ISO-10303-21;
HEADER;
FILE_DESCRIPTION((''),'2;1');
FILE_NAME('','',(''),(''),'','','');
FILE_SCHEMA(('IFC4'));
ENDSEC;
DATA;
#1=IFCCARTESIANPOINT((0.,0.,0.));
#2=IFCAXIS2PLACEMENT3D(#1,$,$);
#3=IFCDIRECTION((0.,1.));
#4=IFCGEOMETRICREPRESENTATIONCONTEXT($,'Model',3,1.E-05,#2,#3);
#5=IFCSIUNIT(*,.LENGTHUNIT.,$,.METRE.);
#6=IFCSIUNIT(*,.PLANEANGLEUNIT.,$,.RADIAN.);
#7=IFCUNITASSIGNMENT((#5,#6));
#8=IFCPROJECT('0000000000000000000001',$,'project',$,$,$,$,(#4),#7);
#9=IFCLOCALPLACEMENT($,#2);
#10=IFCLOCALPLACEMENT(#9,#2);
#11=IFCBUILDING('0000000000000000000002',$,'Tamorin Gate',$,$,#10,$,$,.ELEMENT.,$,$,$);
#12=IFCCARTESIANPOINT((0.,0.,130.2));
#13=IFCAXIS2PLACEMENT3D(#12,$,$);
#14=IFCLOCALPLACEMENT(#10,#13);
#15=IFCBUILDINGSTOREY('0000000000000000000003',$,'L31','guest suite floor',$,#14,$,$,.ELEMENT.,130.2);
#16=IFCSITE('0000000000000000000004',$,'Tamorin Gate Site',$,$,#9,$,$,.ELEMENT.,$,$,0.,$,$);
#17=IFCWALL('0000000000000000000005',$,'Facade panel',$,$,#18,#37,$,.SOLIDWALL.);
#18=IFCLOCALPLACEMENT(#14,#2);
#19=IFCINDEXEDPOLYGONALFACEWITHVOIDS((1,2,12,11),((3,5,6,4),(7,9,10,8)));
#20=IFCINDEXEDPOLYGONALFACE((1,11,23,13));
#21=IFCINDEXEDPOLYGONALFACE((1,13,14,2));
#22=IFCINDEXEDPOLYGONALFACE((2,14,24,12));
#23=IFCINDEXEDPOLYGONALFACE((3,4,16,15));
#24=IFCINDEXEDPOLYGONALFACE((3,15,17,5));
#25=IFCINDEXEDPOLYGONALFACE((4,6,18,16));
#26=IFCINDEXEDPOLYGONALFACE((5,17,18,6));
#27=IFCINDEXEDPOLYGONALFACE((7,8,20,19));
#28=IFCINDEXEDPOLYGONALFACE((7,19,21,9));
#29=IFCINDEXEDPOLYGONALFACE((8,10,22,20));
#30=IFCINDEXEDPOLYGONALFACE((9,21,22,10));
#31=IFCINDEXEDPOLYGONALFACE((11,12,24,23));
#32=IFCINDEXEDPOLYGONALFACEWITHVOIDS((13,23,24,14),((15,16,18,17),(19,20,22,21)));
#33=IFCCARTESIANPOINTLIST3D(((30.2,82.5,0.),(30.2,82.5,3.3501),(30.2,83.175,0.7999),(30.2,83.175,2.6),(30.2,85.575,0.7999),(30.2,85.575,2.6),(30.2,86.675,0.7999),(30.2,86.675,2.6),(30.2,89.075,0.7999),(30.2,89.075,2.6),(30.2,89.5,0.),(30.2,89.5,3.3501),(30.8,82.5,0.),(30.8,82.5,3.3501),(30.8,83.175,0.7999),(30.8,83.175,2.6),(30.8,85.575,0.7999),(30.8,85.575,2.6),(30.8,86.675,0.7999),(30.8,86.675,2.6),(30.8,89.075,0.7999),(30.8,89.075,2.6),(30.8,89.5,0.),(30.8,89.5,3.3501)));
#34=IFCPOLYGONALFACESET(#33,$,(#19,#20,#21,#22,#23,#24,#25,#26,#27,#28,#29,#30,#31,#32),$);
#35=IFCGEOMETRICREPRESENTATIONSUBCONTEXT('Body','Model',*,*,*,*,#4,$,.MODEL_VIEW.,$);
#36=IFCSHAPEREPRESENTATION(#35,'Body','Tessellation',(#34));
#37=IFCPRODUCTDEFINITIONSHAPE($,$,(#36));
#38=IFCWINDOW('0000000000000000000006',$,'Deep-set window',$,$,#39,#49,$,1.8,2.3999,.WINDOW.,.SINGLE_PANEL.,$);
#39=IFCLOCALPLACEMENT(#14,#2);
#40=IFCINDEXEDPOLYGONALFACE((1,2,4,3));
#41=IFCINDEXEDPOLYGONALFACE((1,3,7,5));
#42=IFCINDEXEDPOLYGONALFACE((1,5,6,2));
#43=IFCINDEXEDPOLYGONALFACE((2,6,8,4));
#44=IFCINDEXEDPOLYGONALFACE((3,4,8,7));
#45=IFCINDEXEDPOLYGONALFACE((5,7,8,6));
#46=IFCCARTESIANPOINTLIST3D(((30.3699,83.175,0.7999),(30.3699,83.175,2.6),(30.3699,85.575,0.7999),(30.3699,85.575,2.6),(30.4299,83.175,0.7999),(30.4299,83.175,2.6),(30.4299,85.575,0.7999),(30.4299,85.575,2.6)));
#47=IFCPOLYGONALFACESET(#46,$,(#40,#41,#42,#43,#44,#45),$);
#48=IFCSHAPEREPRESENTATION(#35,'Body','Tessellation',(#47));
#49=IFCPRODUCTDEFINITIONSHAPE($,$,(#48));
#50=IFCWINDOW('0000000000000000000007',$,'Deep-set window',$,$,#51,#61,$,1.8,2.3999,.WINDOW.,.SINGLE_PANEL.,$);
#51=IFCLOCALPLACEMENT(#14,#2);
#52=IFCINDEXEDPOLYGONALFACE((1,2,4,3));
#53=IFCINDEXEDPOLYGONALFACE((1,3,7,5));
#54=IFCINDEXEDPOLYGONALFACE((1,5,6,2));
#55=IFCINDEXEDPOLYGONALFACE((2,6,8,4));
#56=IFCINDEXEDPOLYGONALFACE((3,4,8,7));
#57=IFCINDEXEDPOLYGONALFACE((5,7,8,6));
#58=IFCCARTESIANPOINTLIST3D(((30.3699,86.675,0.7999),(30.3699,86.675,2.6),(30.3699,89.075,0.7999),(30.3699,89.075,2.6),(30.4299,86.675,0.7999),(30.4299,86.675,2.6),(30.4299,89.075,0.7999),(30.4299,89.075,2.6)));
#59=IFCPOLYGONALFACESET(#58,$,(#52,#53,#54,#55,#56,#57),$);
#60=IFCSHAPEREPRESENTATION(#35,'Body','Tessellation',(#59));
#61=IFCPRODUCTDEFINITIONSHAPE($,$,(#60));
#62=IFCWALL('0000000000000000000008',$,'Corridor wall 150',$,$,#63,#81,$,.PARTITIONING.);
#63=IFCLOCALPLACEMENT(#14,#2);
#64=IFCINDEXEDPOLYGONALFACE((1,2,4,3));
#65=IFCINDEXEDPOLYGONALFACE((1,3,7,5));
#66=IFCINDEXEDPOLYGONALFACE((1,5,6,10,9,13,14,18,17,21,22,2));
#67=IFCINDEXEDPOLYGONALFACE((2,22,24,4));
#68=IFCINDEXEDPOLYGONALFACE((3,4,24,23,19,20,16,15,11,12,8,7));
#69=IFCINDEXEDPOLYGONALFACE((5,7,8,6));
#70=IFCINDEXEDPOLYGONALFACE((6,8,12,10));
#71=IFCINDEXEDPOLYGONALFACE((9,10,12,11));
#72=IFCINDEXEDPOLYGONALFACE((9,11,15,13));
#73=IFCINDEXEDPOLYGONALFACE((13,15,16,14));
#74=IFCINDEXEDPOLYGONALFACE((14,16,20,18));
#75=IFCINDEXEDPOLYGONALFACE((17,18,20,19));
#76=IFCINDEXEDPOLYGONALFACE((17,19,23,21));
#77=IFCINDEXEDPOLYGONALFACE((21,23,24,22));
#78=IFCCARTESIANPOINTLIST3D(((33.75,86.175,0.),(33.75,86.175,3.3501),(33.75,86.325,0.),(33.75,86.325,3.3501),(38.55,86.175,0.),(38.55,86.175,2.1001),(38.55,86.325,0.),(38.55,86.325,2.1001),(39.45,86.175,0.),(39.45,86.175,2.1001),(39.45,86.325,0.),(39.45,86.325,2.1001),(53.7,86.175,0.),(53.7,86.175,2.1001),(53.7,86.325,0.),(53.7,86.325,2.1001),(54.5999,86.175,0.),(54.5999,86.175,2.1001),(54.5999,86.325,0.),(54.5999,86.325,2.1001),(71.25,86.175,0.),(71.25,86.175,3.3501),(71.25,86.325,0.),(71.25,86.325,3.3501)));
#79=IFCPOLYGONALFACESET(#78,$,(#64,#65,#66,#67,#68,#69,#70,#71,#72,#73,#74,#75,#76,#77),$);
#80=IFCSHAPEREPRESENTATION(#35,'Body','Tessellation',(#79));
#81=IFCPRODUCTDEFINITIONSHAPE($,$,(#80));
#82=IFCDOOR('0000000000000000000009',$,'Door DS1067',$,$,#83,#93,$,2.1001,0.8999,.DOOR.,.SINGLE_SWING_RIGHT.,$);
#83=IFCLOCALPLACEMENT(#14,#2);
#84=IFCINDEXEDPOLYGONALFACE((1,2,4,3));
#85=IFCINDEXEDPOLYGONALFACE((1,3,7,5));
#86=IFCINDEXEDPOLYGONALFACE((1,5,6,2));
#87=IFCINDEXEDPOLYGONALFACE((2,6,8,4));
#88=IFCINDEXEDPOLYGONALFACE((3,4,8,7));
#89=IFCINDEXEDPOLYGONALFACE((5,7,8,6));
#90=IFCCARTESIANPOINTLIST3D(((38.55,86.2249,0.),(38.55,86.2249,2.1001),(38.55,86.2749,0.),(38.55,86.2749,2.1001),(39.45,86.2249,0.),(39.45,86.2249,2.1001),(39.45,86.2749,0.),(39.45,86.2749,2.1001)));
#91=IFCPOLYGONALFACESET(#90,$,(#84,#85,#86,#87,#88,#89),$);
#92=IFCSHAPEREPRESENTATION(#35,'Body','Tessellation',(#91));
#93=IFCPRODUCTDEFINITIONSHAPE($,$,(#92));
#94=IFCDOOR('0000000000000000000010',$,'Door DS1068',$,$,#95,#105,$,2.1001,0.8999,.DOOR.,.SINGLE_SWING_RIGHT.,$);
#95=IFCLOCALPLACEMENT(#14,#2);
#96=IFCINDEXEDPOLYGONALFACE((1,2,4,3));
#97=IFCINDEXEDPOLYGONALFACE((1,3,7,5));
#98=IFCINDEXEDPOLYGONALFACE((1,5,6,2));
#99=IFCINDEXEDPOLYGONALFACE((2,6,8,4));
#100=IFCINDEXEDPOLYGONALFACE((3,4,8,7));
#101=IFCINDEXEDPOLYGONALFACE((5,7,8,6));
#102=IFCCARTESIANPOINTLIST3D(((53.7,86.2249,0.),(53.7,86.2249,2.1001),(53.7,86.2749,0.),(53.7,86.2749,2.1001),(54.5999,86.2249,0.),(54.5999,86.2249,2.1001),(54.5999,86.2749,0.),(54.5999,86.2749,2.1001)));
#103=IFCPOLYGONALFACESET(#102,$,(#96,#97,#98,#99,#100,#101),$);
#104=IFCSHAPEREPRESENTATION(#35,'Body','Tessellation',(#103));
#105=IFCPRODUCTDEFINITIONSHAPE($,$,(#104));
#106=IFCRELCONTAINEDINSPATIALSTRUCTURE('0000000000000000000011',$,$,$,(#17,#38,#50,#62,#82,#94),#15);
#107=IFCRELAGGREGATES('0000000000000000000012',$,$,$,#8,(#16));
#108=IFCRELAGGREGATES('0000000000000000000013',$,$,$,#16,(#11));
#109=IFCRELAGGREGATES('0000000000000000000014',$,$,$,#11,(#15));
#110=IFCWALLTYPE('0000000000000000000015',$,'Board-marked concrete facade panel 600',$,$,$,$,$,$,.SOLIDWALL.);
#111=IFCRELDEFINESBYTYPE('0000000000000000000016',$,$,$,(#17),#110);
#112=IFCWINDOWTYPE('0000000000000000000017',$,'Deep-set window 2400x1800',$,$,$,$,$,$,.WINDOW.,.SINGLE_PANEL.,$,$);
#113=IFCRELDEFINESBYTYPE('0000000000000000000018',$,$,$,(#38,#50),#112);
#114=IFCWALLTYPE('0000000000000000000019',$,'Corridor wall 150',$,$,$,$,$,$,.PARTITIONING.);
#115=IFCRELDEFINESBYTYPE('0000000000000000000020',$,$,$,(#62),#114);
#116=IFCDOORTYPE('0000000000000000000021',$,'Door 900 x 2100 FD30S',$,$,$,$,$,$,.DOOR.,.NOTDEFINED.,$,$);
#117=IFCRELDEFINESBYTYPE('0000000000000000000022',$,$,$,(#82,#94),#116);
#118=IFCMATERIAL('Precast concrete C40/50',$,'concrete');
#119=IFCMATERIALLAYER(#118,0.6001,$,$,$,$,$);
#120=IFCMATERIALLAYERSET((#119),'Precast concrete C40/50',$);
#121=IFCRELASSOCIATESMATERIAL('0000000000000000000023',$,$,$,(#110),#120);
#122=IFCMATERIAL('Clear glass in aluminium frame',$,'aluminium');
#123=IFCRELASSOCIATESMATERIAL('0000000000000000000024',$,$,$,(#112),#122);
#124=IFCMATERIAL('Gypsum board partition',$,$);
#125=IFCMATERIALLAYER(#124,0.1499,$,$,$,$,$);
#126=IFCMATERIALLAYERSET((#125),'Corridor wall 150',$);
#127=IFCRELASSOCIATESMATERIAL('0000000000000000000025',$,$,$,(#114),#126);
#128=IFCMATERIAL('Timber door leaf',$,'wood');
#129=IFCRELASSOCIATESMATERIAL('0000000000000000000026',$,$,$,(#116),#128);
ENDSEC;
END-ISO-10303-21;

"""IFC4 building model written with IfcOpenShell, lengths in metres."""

from ifc_helpers import new_model, si_unit, direction, frame, frame_2d, origin, place, context, subcontext, project, spatial, rectangle, extrude, material, layer, layer_set, type_object, element, fill, save


model = new_model("IFC4")

# Units and contexts
model_context = context("Model", 3, precision=1e-05, world=origin(), true_north=direction((0.0, 1.0)))
body_context = subcontext(model_context, "Body", "Model", "MODEL_VIEW")
ifc_project = project(units=[si_unit("LENGTHUNIT", "METRE"), si_unit("PLANEANGLEUNIT", "RADIAN")], contexts=[model_context])

# Site, building, storey
site_placement = place(None, origin())
site = spatial("IfcSite", under=ifc_project, at=site_placement, Name="Tamorin Gate Site", CompositionType="ELEMENT", RefElevation=0.0)
building_placement = place(site_placement, origin())
building = spatial("IfcBuilding", under=site, at=building_placement, Name="Tamorin Gate", CompositionType="ELEMENT")
storey_placement = place(building_placement, frame((0.0, 0.0, 130.2)))
storey = spatial("IfcBuildingStorey", under=building, at=storey_placement, Name="L31", Description="guest suite floor", CompositionType="ELEMENT", Elevation=130.2)

# Wall, openings, windows
ifc_material_1 = material(Name="Precast concrete C40/50", Category="concrete")
ifc_layer_1 = layer(ifc_material_1, 0.6001)
ifc_layer_set_1 = layer_set([ifc_layer_1], Name="Precast concrete C40/50")
wall_type_1 = type_object("IfcWallType", Name="Board-marked concrete facade panel 600", PredefinedType="SOLIDWALL", material=ifc_layer_set_1)
wall_1_placement = place(storey_placement, frame((30.5, 89.5, 0.0), z_axis=(0.0, 0.0, 1.0), x_axis=(0.0, -1.0, 0.0)))
wall_1 = element("IfcWall", 1, at=wall_1_placement, inside=storey, type_object=wall_type_1, Name="Facade panel", PredefinedType="SOLIDWALL", context=body_context, shape_type="SweptSolid", body=[
    extrude(rectangle(XDim=7.0, YDim=0.6001, at=frame_2d((3.5, 0.0))), origin(), (0.0, 0.0, 1.0), 3.3501),
])
opening_1_placement = place(wall_1_placement, frame((3.925, 0.0, 0.8)))
opening_1 = element("IfcOpeningElement", 2, at=opening_1_placement, cuts=wall_1, PredefinedType="OPENING", context=body_context, shape_type="SweptSolid", body=[
    extrude(rectangle(XDim=2.3999, YDim=1.8, at=frame_2d((1.2, 0.8999))), frame((0.0, 0.3101, 0.0), z_axis=(0.0, -1.0, 0.0), x_axis=(1.0, 0.0, 0.0)), (0.0, 0.0, 1.0), 0.6201),
])
opening_2_placement = place(wall_1_placement, frame((0.425, 0.0, 0.8)))
opening_2 = element("IfcOpeningElement", 3, at=opening_2_placement, cuts=wall_1, PredefinedType="OPENING", context=body_context, shape_type="SweptSolid", body=[
    extrude(rectangle(XDim=2.3999, YDim=1.8, at=frame_2d((1.2, 0.8999))), frame((0.0, 0.3101, 0.0), z_axis=(0.0, -1.0, 0.0), x_axis=(1.0, 0.0, 0.0)), (0.0, 0.0, 1.0), 0.6201),
])
ifc_material_2 = material(Name="Clear glass in aluminium frame", Category="aluminium")
window_type = type_object("IfcWindowType", Name="Deep-set window 2400x1800", PartitioningType="SINGLE_PANEL", PredefinedType="WINDOW", material=ifc_material_2)
window_1_placement = place(opening_1_placement, origin())
window_1 = element("IfcWindow", 4, at=window_1_placement, inside=storey, type_object=window_type, Name="Deep-set window", OverallHeight=1.8, OverallWidth=2.3999, PartitioningType="SINGLE_PANEL", PredefinedType="WINDOW", context=body_context, shape_type="SweptSolid", body=[
    extrude(rectangle(XDim=2.3999, YDim=1.8, at=frame_2d((1.2, 0.8999))), frame((0.0, -0.0701, 0.0), z_axis=(0.0, -1.0, 0.0), x_axis=(1.0, 0.0, 0.0)), (0.0, 0.0, 1.0), 0.0601),
])
fill(opening_1, window_1)
window_2_placement = place(opening_2_placement, origin())
window_2 = element("IfcWindow", 5, at=window_2_placement, inside=storey, type_object=window_type, Name="Deep-set window", OverallHeight=1.8, OverallWidth=2.3999, PartitioningType="SINGLE_PANEL", PredefinedType="WINDOW", context=body_context, shape_type="SweptSolid", body=[
    extrude(rectangle(XDim=2.3999, YDim=1.8, at=frame_2d((1.2, 0.8999))), frame((0.0, -0.0701, 0.0), z_axis=(0.0, -1.0, 0.0), x_axis=(1.0, 0.0, 0.0)), (0.0, 0.0, 1.0), 0.0601),
])
fill(opening_2, window_2)

# Wall, openings, doors
ifc_material_3 = material(Name="Gypsum board partition")
ifc_layer_2 = layer(ifc_material_3, 0.1499)
ifc_layer_set_2 = layer_set([ifc_layer_2], Name="Corridor wall 150")
wall_type_2 = type_object("IfcWallType", Name="Corridor wall 150", PredefinedType="PARTITIONING", material=ifc_layer_set_2)
wall_2_placement = place(storey_placement, frame((33.75, 86.25, 0.0), z_axis=(0.0, 0.0, 1.0), x_axis=(1.0, 0.0, 0.0)))
wall_2 = element("IfcWall", 6, at=wall_2_placement, inside=storey, type_object=wall_type_2, Name="Corridor wall 150", PredefinedType="PARTITIONING", context=body_context, shape_type="SweptSolid", body=[
    extrude(rectangle(XDim=37.5, YDim=0.1499, at=frame_2d((18.75, 0.0))), origin(), (0.0, 0.0, 1.0), 3.3501),
])
opening_3_placement = place(wall_2_placement, frame((4.8, 0.0, 0.0)))
opening_3 = element("IfcOpeningElement", 7, at=opening_3_placement, cuts=wall_2, PredefinedType="OPENING", context=body_context, shape_type="SweptSolid", body=[
    extrude(rectangle(XDim=0.8999, YDim=2.1001, at=frame_2d((0.45, 1.05))), frame((0.0, 0.085, 0.0), z_axis=(0.0, -1.0, 0.0), x_axis=(1.0, 0.0, 0.0)), (0.0, 0.0, 1.0), 0.1699),
])
opening_4_placement = place(wall_2_placement, frame((19.95, 0.0, 0.0)))
opening_4 = element("IfcOpeningElement", 8, at=opening_4_placement, cuts=wall_2, PredefinedType="OPENING", context=body_context, shape_type="SweptSolid", body=[
    extrude(rectangle(XDim=0.8999, YDim=2.1001, at=frame_2d((0.45, 1.05))), frame((0.0, 0.085, 0.0), z_axis=(0.0, -1.0, 0.0), x_axis=(1.0, 0.0, 0.0)), (0.0, 0.0, 1.0), 0.1699),
])
ifc_material_4 = material(Name="Timber door leaf", Category="wood")
door_type_1 = type_object("IfcDoorType", Name="Door 900 x 2100 FD30S", OperationType="NOTDEFINED", PredefinedType="DOOR", material=ifc_material_4)
door_1_placement = place(opening_3_placement, origin())
door_1 = element("IfcDoor", 9, at=door_1_placement, inside=storey, type_object=door_type_1, Name="Door DS1067", OperationType="SINGLE_SWING_RIGHT", OverallHeight=2.1001, OverallWidth=0.8999, PredefinedType="DOOR", context=body_context, shape_type="SweptSolid", body=[
    extrude(rectangle(XDim=0.8999, YDim=2.1001, at=frame_2d((0.45, 1.05))), frame((0.0, 0.0249, 0.0), z_axis=(0.0, -1.0, 0.0), x_axis=(1.0, 0.0, 0.0)), (0.0, 0.0, 1.0), 0.05),
])
fill(opening_3, door_1)
door_2_placement = place(opening_4_placement, origin())
door_2 = element("IfcDoor", 10, at=door_2_placement, inside=storey, type_object=door_type_1, Name="Door DS1068", OperationType="SINGLE_SWING_RIGHT", OverallHeight=2.1001, OverallWidth=0.8999, PredefinedType="DOOR", context=body_context, shape_type="SweptSolid", body=[
    extrude(rectangle(XDim=0.8999, YDim=2.1001, at=frame_2d((0.45, 1.05))), frame((0.0, 0.0249, 0.0), z_axis=(0.0, -1.0, 0.0), x_axis=(1.0, 0.0, 0.0)), (0.0, 0.0, 1.0), 0.05),
])
fill(opening_4, door_2)

save(model, "model.ifc")
